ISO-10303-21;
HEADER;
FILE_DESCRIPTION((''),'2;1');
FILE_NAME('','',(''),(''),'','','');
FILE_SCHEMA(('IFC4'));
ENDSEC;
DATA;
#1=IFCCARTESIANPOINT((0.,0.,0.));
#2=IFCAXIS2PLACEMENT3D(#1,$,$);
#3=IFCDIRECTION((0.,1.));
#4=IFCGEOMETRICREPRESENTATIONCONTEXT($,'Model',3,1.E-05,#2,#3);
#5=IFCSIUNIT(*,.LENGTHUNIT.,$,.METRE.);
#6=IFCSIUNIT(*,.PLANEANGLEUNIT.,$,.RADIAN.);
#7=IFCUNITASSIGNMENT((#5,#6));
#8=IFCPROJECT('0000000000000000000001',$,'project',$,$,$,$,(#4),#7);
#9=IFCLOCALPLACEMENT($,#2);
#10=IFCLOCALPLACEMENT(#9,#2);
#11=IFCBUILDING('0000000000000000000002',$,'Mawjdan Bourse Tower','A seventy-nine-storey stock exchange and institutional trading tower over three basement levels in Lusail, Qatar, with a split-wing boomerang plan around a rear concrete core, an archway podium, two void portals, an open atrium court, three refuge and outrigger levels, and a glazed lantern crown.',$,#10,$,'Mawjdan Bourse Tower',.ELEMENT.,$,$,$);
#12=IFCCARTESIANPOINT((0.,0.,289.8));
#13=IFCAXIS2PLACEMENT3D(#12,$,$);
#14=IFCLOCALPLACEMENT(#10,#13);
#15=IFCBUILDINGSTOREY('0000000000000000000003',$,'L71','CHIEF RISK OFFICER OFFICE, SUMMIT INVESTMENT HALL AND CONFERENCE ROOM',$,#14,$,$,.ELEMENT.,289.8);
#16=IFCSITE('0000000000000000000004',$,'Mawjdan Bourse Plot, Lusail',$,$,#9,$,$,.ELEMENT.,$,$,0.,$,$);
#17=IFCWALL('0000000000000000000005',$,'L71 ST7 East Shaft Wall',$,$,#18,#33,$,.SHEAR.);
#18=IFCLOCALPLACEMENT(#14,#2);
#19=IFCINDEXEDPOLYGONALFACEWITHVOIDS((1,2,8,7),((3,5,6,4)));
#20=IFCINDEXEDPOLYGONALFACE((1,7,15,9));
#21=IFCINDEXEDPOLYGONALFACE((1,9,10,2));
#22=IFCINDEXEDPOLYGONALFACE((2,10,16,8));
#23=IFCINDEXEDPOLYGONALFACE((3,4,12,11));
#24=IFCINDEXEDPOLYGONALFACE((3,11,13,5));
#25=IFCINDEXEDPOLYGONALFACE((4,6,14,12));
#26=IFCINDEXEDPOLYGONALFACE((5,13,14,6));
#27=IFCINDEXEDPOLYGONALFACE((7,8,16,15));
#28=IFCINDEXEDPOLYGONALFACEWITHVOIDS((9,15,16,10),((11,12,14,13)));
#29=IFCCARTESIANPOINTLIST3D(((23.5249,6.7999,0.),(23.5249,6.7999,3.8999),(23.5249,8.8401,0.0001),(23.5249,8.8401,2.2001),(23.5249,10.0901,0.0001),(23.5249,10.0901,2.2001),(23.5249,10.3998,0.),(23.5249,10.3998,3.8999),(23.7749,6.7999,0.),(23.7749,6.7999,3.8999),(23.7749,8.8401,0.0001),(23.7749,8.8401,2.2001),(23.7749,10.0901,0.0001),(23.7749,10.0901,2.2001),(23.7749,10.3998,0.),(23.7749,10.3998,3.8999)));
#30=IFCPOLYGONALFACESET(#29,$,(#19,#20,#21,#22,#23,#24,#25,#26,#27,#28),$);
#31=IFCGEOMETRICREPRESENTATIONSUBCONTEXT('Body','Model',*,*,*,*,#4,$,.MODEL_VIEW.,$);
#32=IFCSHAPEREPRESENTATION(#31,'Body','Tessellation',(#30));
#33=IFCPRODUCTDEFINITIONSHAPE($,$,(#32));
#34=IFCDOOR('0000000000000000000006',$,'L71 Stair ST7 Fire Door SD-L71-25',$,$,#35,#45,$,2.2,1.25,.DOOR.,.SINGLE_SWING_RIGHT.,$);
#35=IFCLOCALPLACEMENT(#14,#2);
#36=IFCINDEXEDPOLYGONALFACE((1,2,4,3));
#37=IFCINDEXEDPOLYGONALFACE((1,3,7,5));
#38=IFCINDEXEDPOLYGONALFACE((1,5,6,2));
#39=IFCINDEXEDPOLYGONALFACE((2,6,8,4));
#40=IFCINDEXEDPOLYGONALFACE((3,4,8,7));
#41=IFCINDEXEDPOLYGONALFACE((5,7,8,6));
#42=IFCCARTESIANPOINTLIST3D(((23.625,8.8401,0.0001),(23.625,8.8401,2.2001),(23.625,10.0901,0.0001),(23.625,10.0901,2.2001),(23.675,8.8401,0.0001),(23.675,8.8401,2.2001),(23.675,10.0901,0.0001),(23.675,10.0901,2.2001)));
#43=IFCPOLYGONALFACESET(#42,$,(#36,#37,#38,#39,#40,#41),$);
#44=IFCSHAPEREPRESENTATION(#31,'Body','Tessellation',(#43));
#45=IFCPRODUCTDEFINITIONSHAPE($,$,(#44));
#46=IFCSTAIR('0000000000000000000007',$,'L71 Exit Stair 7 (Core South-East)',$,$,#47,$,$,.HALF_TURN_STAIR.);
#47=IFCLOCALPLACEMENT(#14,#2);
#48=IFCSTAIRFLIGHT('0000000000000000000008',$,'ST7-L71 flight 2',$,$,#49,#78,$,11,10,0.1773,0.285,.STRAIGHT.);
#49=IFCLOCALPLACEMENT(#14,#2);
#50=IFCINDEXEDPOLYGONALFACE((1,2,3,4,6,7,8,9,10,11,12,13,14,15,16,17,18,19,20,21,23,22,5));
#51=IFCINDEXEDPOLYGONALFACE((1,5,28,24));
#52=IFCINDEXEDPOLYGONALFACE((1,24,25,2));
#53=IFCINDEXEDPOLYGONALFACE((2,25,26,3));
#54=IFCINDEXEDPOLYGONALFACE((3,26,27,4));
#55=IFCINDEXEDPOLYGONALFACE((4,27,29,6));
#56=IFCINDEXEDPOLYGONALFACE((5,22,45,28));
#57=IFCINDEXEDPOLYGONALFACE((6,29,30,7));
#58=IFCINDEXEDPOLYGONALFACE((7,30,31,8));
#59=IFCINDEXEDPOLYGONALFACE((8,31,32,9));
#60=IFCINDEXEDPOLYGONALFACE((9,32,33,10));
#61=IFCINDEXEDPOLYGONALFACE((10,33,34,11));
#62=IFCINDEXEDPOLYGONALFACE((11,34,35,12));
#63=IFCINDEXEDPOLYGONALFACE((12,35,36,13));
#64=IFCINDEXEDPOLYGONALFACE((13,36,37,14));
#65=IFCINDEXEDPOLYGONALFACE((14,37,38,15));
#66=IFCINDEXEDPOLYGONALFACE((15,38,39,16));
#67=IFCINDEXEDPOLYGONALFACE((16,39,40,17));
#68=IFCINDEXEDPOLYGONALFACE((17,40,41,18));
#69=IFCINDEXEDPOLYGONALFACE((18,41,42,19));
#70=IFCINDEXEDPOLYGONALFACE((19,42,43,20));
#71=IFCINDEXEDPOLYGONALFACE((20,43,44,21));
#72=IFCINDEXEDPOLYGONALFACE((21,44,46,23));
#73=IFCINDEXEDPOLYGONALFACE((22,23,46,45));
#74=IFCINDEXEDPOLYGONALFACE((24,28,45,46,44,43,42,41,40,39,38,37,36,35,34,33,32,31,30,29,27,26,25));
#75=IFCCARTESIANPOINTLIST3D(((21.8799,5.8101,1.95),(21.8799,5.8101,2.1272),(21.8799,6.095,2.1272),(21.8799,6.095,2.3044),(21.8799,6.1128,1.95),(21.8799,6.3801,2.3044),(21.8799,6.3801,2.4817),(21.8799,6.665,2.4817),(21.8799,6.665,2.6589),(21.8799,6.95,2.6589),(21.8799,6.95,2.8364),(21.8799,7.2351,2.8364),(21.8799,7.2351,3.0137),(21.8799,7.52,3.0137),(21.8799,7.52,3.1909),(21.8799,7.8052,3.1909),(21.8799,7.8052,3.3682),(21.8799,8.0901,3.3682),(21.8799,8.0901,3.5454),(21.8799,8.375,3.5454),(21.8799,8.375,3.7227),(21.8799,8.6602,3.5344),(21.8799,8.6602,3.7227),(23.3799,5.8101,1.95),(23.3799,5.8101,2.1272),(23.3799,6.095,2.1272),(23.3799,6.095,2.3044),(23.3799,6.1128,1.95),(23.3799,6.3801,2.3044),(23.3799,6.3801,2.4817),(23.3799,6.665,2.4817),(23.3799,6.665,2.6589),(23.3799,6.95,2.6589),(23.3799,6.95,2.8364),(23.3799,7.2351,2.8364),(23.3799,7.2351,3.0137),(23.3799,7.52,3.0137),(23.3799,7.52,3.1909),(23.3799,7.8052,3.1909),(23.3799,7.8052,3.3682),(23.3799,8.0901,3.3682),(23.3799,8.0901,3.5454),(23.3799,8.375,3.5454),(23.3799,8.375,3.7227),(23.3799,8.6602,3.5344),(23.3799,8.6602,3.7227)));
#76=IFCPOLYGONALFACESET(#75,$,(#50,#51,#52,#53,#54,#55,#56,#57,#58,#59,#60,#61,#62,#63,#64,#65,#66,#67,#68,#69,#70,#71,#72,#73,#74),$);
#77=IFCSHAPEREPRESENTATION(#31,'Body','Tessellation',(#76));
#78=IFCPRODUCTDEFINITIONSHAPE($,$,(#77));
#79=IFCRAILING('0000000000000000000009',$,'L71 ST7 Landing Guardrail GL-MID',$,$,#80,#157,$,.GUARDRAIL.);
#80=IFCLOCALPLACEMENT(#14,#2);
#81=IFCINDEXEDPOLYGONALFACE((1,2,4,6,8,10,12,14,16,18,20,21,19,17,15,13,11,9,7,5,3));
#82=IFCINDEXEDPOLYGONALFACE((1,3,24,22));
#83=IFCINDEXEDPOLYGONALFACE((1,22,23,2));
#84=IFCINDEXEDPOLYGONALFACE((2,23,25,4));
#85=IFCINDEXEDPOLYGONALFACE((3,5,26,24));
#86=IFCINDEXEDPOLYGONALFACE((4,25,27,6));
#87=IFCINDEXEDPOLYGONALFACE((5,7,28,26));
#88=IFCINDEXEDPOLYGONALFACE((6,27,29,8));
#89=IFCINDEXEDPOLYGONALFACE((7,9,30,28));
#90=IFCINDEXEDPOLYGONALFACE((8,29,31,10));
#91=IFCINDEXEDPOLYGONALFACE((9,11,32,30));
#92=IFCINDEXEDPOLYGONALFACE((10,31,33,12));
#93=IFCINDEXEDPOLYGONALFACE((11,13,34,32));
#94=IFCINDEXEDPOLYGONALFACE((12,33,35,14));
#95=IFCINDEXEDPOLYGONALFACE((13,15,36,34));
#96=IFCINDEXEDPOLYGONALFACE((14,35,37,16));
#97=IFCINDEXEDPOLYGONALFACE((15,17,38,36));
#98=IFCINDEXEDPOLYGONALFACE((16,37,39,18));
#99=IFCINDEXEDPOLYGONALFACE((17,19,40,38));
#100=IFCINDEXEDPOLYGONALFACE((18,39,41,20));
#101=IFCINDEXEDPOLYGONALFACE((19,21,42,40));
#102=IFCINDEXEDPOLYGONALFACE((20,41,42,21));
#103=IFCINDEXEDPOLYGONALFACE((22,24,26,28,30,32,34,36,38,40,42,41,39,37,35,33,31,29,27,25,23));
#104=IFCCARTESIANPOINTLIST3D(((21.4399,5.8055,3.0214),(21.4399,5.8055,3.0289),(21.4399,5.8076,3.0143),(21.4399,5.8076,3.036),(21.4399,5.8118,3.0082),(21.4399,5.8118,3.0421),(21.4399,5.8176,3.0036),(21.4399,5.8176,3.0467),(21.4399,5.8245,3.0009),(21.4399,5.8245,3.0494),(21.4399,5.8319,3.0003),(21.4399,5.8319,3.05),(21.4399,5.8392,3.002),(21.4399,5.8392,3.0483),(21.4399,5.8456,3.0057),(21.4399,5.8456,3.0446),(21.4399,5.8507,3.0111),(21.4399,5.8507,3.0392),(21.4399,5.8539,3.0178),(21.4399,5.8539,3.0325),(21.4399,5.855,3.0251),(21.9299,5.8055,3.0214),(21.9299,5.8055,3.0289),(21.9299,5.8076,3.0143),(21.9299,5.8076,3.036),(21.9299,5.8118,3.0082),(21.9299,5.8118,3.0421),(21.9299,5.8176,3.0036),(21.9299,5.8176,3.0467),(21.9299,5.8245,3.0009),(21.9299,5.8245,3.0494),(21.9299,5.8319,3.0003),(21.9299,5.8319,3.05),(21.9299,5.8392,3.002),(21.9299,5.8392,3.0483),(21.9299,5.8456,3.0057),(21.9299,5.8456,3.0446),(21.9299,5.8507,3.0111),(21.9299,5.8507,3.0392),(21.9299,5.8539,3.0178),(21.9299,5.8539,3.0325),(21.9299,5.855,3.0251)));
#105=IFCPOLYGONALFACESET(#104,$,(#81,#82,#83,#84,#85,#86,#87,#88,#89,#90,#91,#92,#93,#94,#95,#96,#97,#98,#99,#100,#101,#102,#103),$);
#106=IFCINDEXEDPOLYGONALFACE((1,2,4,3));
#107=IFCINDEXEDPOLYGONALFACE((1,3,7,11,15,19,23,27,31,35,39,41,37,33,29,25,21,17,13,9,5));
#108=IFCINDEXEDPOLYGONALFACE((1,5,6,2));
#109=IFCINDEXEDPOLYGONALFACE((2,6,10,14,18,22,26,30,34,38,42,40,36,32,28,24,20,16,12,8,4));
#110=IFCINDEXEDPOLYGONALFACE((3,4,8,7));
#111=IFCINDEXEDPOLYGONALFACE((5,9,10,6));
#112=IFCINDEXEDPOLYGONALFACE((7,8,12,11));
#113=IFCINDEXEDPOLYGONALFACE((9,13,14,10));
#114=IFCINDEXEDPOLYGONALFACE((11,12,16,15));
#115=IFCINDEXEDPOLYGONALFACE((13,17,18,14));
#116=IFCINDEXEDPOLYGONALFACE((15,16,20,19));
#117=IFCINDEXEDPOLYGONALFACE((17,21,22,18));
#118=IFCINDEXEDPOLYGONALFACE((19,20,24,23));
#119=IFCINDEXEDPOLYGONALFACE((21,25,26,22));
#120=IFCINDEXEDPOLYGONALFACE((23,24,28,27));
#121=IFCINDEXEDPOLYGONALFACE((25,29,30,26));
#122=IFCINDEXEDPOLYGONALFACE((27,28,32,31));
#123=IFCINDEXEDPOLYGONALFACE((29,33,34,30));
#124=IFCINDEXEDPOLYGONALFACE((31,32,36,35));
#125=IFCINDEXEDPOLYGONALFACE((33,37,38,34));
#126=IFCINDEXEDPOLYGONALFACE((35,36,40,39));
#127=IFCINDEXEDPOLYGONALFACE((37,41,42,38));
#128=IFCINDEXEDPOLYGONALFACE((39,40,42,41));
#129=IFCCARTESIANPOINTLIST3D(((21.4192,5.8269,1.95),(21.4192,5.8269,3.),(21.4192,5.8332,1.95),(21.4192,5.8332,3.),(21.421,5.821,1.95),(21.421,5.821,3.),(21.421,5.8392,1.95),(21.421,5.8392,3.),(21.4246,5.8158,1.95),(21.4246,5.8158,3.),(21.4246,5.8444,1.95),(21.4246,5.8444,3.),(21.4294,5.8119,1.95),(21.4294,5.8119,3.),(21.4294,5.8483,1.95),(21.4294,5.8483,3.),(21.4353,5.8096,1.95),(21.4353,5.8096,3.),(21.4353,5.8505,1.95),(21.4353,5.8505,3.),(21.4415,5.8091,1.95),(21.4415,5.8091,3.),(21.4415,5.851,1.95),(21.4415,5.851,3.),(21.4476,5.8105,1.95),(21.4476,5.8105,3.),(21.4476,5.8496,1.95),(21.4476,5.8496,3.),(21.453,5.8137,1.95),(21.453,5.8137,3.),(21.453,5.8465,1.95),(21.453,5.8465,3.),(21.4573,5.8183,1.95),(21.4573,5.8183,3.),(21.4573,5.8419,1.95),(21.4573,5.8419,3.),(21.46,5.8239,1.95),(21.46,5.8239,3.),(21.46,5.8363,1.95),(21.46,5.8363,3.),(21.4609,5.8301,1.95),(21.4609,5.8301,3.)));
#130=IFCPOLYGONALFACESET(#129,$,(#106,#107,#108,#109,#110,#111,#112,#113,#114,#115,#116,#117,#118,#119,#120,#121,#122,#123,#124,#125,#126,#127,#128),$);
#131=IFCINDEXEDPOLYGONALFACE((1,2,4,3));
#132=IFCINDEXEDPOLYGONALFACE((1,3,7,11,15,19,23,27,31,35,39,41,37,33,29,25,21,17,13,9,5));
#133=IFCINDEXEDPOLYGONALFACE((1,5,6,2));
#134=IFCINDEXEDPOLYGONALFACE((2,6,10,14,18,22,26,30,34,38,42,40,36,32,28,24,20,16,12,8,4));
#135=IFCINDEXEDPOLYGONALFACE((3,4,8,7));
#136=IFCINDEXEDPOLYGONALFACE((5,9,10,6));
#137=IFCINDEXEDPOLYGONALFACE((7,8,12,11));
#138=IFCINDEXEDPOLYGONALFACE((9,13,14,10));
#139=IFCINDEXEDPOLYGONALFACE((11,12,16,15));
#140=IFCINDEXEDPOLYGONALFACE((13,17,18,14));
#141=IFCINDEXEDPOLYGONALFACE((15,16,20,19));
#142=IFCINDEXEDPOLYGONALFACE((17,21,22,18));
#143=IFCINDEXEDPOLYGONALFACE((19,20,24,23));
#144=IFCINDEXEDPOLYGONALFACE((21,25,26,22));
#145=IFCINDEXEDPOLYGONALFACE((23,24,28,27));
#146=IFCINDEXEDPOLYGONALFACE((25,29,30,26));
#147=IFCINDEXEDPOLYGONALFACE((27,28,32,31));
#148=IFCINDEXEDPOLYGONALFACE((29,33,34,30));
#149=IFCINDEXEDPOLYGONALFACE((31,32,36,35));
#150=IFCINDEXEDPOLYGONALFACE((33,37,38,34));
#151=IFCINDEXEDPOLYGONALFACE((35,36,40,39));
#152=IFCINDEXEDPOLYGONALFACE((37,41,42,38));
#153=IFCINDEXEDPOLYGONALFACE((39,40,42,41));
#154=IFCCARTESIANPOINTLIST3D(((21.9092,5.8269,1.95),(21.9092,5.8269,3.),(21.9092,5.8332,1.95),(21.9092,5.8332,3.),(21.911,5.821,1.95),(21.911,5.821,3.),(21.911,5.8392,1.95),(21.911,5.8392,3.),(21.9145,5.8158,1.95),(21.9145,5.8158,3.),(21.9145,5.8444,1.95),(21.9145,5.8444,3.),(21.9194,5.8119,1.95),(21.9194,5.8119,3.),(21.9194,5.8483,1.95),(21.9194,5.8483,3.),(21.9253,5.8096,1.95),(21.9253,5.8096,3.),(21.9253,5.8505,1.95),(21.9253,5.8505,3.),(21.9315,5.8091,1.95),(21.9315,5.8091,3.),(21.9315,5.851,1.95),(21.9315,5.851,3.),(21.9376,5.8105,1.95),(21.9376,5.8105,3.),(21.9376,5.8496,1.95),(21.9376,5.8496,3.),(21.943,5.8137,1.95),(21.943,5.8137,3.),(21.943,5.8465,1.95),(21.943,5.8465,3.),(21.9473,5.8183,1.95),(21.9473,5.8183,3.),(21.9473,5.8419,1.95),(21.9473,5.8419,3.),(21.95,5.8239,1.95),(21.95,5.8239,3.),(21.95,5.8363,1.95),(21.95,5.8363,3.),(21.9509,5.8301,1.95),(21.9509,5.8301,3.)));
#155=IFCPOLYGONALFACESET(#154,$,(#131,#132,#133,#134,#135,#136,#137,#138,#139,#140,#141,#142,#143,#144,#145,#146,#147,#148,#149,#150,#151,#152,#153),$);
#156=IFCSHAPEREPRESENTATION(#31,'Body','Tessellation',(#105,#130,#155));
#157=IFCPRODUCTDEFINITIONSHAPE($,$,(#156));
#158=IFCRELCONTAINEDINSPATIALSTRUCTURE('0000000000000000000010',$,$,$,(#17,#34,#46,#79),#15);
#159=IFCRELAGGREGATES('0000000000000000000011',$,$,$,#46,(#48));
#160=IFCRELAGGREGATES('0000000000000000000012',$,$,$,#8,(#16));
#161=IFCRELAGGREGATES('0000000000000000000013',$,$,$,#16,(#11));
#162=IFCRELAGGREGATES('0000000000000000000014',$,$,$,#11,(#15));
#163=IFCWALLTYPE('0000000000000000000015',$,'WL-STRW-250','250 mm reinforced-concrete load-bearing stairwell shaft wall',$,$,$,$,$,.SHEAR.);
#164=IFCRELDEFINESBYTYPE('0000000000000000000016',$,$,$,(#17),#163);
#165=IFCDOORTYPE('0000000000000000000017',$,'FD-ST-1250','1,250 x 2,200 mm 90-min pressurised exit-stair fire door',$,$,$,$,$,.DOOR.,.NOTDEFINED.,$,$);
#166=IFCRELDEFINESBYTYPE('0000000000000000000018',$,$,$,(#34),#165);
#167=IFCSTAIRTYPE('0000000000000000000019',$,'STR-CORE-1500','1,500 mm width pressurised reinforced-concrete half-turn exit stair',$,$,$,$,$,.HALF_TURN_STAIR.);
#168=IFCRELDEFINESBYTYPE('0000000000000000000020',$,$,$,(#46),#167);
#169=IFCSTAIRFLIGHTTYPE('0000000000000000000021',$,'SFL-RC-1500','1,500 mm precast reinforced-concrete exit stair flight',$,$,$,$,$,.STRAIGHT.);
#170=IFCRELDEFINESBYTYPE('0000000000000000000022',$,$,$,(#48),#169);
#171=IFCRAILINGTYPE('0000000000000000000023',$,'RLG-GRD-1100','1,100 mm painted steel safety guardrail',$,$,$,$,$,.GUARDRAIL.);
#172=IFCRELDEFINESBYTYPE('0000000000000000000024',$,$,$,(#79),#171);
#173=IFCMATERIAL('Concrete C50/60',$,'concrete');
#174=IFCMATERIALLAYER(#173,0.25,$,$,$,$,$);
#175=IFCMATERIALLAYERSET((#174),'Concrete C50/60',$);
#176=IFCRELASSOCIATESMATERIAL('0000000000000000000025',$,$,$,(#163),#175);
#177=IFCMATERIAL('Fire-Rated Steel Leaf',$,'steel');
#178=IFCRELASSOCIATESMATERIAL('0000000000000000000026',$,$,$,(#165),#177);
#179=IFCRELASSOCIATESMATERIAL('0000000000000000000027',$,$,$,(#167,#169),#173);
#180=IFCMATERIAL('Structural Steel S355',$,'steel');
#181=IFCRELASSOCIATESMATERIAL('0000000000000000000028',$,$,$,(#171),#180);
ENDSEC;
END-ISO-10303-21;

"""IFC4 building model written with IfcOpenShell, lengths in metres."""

from ifc_helpers import new_model, si_unit, direction, frame, frame_2d, origin, origin_2d, place, context, subcontext, project, spatial, polyline, rectangle, circle, outline, extrude, material, layer, layer_set, type_object, element, fill, aggregate, save


model = new_model("IFC4")

# Units and contexts
model_context = context("Model", 3, precision=1e-05, world=origin(), true_north=direction((0.0, 1.0)))
body_context = subcontext(model_context, "Body", "Model", "MODEL_VIEW")
ifc_project = project(units=[si_unit("LENGTHUNIT", "METRE"), si_unit("PLANEANGLEUNIT", "RADIAN")], contexts=[model_context])

# Site, building, storey
site_placement = place(None, origin())
site = spatial("IfcSite", under=ifc_project, at=site_placement, Name="Mawjdan Bourse Plot, Lusail", CompositionType="ELEMENT", RefElevation=0.0)
building_placement = place(site_placement, origin())
building = spatial("IfcBuilding", under=site, at=building_placement, Name="Mawjdan Bourse Tower", Description="A seventy-nine-storey stock exchange and institutional trading tower over three basement levels in Lusail, Qatar, with a split-wing boomerang plan around a rear concrete core, an archway podium, two void portals, an open atrium court, three refuge and outrigger levels, and a glazed lantern crown.", LongName="Mawjdan Bourse Tower", CompositionType="ELEMENT")
storey_placement = place(building_placement, frame((0.0, 0.0, 289.8)))
storey = spatial("IfcBuildingStorey", under=building, at=storey_placement, Name="L71", Description="CHIEF RISK OFFICER OFFICE, SUMMIT INVESTMENT HALL AND CONFERENCE ROOM", CompositionType="ELEMENT", Elevation=289.8)

# Shared definitions
ifc_material_1 = material(Name="Structural Steel S355", Category="steel")

# Wall, opening, door
ifc_material_2 = material(Name="Concrete C50/60", Category="concrete")
ifc_layer_1 = layer(ifc_material_2, 0.25)
ifc_layer_set_1 = layer_set([ifc_layer_1], Name="Concrete C50/60")
wall_type_1 = type_object("IfcWallType", Name="WL-STRW-250", Description="250 mm reinforced-concrete load-bearing stairwell shaft wall", PredefinedType="SHEAR", material=ifc_layer_set_1)
wall_1_placement = place(storey_placement, frame((23.6499, 6.8, 0.0), z_axis=(0.0, 0.0, 1.0), x_axis=(0.0, 1.0, 0.0)))
wall_1 = element("IfcWall", 1, at=wall_1_placement, inside=storey, type_object=wall_type_1, Name="L71 ST7 East Shaft Wall", PredefinedType="SHEAR", context=body_context, shape_type="SweptSolid", body=[
    extrude(rectangle(XDim=3.5999, YDim=0.25, at=frame_2d((1.7998, 0.0))), origin(), (0.0, 0.0, 1.0), 3.8999),
])
opening_1_placement = place(wall_1_placement, frame((2.04, 0.0, 0.0)))
opening_1 = element("IfcOpeningElement", 2, at=opening_1_placement, cuts=wall_1, PredefinedType="OPENING", context=body_context, shape_type="SweptSolid", body=[
    extrude(rectangle(XDim=1.25, YDim=2.2, at=frame_2d((0.625, 1.1001))), frame((0.0, 0.135, 0.0), z_axis=(0.0, -1.0, 0.0), x_axis=(1.0, 0.0, 0.0)), (0.0, 0.0, 1.0), 0.27),
])
ifc_material_3 = material(Name="Fire-Rated Steel Leaf", Category="steel")
door_type_1 = type_object("IfcDoorType", Name="FD-ST-1250", Description="1,250 x 2,200 mm 90-min pressurised exit-stair fire door", OperationType="NOTDEFINED", PredefinedType="DOOR", material=ifc_material_3)
door_1_placement = place(opening_1_placement, origin())
door_1 = element("IfcDoor", 3, at=door_1_placement, inside=storey, type_object=door_type_1, Name="L71 Stair ST7 Fire Door SD-L71-25", OperationType="SINGLE_SWING_RIGHT", OverallHeight=2.2, OverallWidth=1.25, PredefinedType="DOOR", context=body_context, shape_type="SweptSolid", body=[
    extrude(rectangle(XDim=1.25, YDim=2.2, at=frame_2d((0.625, 1.1001))), frame((0.0, 0.0249, 0.0), z_axis=(0.0, -1.0, 0.0), x_axis=(1.0, 0.0, 0.0)), (0.0, 0.0, 1.0), 0.05),
])
fill(opening_1, door_1)

# Stair, stair flight
stair_type = type_object("IfcStairType", Name="STR-CORE-1500", Description="1,500 mm width pressurised reinforced-concrete half-turn exit stair", PredefinedType="HALF_TURN_STAIR", material=ifc_material_2)
stair_placement = place(storey_placement, origin())
stair = element("IfcStair", 4, at=stair_placement, inside=storey, type_object=stair_type, Name="L71 Exit Stair 7 (Core South-East)", PredefinedType="HALF_TURN_STAIR")
stair_flight_type = type_object("IfcStairFlightType", Name="SFL-RC-1500", Description="1,500 mm precast reinforced-concrete exit stair flight", PredefinedType="STRAIGHT", material=ifc_material_2)
stair_flight_placement = place(storey_placement, frame((22.6299, 5.8101, 1.95), z_axis=(0.0, 0.0, 1.0), x_axis=(0.0, 1.0, 0.0)))
stair_flight = element("IfcStairFlight", 5, at=stair_flight_placement, type_object=stair_flight_type, Name="ST7-L71 flight 2", NumberOfRisers=11, NumberOfTreads=10, PredefinedType="STRAIGHT", RiserHeight=0.1773, TreadLength=0.285, context=body_context, shape_type="SweptSolid", body=[
    extrude(outline(polyline([(0.0, 0.0), (0.0, 0.1772), (0.2849, 0.1772), (0.2849, 0.3545), (0.5701, 0.3545), (0.5701, 0.5317), (0.855, 0.5317), (0.855, 0.709), (1.1399, 0.709), (1.1399, 0.8865), (1.425, 0.8865), (1.425, 1.0637), (1.71, 1.0637), (1.71, 1.241), (1.9951, 1.241), (1.9951, 1.4182), (2.28, 1.4182), (2.28, 1.5955), (2.5649, 1.5955), (2.5649, 1.7727), (2.8501, 1.7727), (2.8501, 1.95), (2.8501, 1.5845), (0.3027, 0.0), (0.0, 0.0)])), frame((0.0, 0.75, 0.0), z_axis=(0.0, -1.0, 0.0), x_axis=(1.0, 0.0, 0.0)), (0.0, 0.0, 1.0), 1.5),
])
aggregate(stair, [stair_flight])

# Railing
railing_type_1 = type_object("IfcRailingType", Name="RLG-GRD-1100", Description="1,100 mm painted steel safety guardrail", PredefinedType="GUARDRAIL", material=ifc_material_1)
for number, where, name in (
    (6, (21.4399, 5.8301, 1.95), "L71 ST7 Landing Guardrail GL-MID"),
):
    element("IfcRailing", number, at=place(storey_placement, frame(where)), inside=storey, type_object=railing_type_1, Name=name, PredefinedType="GUARDRAIL", context=body_context, shape_type="SweptSolid", body=[
        extrude(circle(Radius=0.0249, at=origin_2d()), frame((0.0, 0.0, 1.0752), z_axis=(1.0, 0.0, 0.0), x_axis=(0.0, 1.0, 0.0)), (0.0, 0.0, 1.0), 0.49),
        extrude(circle(Radius=0.021, at=origin_2d()), origin(), (0.0, 0.0, 1.0), 1.05),
        extrude(circle(Radius=0.021, at=origin_2d()), frame((0.49, 0.0, 0.0)), (0.0, 0.0, 1.0), 1.05),
    ])

save(model, "model.ifc")
